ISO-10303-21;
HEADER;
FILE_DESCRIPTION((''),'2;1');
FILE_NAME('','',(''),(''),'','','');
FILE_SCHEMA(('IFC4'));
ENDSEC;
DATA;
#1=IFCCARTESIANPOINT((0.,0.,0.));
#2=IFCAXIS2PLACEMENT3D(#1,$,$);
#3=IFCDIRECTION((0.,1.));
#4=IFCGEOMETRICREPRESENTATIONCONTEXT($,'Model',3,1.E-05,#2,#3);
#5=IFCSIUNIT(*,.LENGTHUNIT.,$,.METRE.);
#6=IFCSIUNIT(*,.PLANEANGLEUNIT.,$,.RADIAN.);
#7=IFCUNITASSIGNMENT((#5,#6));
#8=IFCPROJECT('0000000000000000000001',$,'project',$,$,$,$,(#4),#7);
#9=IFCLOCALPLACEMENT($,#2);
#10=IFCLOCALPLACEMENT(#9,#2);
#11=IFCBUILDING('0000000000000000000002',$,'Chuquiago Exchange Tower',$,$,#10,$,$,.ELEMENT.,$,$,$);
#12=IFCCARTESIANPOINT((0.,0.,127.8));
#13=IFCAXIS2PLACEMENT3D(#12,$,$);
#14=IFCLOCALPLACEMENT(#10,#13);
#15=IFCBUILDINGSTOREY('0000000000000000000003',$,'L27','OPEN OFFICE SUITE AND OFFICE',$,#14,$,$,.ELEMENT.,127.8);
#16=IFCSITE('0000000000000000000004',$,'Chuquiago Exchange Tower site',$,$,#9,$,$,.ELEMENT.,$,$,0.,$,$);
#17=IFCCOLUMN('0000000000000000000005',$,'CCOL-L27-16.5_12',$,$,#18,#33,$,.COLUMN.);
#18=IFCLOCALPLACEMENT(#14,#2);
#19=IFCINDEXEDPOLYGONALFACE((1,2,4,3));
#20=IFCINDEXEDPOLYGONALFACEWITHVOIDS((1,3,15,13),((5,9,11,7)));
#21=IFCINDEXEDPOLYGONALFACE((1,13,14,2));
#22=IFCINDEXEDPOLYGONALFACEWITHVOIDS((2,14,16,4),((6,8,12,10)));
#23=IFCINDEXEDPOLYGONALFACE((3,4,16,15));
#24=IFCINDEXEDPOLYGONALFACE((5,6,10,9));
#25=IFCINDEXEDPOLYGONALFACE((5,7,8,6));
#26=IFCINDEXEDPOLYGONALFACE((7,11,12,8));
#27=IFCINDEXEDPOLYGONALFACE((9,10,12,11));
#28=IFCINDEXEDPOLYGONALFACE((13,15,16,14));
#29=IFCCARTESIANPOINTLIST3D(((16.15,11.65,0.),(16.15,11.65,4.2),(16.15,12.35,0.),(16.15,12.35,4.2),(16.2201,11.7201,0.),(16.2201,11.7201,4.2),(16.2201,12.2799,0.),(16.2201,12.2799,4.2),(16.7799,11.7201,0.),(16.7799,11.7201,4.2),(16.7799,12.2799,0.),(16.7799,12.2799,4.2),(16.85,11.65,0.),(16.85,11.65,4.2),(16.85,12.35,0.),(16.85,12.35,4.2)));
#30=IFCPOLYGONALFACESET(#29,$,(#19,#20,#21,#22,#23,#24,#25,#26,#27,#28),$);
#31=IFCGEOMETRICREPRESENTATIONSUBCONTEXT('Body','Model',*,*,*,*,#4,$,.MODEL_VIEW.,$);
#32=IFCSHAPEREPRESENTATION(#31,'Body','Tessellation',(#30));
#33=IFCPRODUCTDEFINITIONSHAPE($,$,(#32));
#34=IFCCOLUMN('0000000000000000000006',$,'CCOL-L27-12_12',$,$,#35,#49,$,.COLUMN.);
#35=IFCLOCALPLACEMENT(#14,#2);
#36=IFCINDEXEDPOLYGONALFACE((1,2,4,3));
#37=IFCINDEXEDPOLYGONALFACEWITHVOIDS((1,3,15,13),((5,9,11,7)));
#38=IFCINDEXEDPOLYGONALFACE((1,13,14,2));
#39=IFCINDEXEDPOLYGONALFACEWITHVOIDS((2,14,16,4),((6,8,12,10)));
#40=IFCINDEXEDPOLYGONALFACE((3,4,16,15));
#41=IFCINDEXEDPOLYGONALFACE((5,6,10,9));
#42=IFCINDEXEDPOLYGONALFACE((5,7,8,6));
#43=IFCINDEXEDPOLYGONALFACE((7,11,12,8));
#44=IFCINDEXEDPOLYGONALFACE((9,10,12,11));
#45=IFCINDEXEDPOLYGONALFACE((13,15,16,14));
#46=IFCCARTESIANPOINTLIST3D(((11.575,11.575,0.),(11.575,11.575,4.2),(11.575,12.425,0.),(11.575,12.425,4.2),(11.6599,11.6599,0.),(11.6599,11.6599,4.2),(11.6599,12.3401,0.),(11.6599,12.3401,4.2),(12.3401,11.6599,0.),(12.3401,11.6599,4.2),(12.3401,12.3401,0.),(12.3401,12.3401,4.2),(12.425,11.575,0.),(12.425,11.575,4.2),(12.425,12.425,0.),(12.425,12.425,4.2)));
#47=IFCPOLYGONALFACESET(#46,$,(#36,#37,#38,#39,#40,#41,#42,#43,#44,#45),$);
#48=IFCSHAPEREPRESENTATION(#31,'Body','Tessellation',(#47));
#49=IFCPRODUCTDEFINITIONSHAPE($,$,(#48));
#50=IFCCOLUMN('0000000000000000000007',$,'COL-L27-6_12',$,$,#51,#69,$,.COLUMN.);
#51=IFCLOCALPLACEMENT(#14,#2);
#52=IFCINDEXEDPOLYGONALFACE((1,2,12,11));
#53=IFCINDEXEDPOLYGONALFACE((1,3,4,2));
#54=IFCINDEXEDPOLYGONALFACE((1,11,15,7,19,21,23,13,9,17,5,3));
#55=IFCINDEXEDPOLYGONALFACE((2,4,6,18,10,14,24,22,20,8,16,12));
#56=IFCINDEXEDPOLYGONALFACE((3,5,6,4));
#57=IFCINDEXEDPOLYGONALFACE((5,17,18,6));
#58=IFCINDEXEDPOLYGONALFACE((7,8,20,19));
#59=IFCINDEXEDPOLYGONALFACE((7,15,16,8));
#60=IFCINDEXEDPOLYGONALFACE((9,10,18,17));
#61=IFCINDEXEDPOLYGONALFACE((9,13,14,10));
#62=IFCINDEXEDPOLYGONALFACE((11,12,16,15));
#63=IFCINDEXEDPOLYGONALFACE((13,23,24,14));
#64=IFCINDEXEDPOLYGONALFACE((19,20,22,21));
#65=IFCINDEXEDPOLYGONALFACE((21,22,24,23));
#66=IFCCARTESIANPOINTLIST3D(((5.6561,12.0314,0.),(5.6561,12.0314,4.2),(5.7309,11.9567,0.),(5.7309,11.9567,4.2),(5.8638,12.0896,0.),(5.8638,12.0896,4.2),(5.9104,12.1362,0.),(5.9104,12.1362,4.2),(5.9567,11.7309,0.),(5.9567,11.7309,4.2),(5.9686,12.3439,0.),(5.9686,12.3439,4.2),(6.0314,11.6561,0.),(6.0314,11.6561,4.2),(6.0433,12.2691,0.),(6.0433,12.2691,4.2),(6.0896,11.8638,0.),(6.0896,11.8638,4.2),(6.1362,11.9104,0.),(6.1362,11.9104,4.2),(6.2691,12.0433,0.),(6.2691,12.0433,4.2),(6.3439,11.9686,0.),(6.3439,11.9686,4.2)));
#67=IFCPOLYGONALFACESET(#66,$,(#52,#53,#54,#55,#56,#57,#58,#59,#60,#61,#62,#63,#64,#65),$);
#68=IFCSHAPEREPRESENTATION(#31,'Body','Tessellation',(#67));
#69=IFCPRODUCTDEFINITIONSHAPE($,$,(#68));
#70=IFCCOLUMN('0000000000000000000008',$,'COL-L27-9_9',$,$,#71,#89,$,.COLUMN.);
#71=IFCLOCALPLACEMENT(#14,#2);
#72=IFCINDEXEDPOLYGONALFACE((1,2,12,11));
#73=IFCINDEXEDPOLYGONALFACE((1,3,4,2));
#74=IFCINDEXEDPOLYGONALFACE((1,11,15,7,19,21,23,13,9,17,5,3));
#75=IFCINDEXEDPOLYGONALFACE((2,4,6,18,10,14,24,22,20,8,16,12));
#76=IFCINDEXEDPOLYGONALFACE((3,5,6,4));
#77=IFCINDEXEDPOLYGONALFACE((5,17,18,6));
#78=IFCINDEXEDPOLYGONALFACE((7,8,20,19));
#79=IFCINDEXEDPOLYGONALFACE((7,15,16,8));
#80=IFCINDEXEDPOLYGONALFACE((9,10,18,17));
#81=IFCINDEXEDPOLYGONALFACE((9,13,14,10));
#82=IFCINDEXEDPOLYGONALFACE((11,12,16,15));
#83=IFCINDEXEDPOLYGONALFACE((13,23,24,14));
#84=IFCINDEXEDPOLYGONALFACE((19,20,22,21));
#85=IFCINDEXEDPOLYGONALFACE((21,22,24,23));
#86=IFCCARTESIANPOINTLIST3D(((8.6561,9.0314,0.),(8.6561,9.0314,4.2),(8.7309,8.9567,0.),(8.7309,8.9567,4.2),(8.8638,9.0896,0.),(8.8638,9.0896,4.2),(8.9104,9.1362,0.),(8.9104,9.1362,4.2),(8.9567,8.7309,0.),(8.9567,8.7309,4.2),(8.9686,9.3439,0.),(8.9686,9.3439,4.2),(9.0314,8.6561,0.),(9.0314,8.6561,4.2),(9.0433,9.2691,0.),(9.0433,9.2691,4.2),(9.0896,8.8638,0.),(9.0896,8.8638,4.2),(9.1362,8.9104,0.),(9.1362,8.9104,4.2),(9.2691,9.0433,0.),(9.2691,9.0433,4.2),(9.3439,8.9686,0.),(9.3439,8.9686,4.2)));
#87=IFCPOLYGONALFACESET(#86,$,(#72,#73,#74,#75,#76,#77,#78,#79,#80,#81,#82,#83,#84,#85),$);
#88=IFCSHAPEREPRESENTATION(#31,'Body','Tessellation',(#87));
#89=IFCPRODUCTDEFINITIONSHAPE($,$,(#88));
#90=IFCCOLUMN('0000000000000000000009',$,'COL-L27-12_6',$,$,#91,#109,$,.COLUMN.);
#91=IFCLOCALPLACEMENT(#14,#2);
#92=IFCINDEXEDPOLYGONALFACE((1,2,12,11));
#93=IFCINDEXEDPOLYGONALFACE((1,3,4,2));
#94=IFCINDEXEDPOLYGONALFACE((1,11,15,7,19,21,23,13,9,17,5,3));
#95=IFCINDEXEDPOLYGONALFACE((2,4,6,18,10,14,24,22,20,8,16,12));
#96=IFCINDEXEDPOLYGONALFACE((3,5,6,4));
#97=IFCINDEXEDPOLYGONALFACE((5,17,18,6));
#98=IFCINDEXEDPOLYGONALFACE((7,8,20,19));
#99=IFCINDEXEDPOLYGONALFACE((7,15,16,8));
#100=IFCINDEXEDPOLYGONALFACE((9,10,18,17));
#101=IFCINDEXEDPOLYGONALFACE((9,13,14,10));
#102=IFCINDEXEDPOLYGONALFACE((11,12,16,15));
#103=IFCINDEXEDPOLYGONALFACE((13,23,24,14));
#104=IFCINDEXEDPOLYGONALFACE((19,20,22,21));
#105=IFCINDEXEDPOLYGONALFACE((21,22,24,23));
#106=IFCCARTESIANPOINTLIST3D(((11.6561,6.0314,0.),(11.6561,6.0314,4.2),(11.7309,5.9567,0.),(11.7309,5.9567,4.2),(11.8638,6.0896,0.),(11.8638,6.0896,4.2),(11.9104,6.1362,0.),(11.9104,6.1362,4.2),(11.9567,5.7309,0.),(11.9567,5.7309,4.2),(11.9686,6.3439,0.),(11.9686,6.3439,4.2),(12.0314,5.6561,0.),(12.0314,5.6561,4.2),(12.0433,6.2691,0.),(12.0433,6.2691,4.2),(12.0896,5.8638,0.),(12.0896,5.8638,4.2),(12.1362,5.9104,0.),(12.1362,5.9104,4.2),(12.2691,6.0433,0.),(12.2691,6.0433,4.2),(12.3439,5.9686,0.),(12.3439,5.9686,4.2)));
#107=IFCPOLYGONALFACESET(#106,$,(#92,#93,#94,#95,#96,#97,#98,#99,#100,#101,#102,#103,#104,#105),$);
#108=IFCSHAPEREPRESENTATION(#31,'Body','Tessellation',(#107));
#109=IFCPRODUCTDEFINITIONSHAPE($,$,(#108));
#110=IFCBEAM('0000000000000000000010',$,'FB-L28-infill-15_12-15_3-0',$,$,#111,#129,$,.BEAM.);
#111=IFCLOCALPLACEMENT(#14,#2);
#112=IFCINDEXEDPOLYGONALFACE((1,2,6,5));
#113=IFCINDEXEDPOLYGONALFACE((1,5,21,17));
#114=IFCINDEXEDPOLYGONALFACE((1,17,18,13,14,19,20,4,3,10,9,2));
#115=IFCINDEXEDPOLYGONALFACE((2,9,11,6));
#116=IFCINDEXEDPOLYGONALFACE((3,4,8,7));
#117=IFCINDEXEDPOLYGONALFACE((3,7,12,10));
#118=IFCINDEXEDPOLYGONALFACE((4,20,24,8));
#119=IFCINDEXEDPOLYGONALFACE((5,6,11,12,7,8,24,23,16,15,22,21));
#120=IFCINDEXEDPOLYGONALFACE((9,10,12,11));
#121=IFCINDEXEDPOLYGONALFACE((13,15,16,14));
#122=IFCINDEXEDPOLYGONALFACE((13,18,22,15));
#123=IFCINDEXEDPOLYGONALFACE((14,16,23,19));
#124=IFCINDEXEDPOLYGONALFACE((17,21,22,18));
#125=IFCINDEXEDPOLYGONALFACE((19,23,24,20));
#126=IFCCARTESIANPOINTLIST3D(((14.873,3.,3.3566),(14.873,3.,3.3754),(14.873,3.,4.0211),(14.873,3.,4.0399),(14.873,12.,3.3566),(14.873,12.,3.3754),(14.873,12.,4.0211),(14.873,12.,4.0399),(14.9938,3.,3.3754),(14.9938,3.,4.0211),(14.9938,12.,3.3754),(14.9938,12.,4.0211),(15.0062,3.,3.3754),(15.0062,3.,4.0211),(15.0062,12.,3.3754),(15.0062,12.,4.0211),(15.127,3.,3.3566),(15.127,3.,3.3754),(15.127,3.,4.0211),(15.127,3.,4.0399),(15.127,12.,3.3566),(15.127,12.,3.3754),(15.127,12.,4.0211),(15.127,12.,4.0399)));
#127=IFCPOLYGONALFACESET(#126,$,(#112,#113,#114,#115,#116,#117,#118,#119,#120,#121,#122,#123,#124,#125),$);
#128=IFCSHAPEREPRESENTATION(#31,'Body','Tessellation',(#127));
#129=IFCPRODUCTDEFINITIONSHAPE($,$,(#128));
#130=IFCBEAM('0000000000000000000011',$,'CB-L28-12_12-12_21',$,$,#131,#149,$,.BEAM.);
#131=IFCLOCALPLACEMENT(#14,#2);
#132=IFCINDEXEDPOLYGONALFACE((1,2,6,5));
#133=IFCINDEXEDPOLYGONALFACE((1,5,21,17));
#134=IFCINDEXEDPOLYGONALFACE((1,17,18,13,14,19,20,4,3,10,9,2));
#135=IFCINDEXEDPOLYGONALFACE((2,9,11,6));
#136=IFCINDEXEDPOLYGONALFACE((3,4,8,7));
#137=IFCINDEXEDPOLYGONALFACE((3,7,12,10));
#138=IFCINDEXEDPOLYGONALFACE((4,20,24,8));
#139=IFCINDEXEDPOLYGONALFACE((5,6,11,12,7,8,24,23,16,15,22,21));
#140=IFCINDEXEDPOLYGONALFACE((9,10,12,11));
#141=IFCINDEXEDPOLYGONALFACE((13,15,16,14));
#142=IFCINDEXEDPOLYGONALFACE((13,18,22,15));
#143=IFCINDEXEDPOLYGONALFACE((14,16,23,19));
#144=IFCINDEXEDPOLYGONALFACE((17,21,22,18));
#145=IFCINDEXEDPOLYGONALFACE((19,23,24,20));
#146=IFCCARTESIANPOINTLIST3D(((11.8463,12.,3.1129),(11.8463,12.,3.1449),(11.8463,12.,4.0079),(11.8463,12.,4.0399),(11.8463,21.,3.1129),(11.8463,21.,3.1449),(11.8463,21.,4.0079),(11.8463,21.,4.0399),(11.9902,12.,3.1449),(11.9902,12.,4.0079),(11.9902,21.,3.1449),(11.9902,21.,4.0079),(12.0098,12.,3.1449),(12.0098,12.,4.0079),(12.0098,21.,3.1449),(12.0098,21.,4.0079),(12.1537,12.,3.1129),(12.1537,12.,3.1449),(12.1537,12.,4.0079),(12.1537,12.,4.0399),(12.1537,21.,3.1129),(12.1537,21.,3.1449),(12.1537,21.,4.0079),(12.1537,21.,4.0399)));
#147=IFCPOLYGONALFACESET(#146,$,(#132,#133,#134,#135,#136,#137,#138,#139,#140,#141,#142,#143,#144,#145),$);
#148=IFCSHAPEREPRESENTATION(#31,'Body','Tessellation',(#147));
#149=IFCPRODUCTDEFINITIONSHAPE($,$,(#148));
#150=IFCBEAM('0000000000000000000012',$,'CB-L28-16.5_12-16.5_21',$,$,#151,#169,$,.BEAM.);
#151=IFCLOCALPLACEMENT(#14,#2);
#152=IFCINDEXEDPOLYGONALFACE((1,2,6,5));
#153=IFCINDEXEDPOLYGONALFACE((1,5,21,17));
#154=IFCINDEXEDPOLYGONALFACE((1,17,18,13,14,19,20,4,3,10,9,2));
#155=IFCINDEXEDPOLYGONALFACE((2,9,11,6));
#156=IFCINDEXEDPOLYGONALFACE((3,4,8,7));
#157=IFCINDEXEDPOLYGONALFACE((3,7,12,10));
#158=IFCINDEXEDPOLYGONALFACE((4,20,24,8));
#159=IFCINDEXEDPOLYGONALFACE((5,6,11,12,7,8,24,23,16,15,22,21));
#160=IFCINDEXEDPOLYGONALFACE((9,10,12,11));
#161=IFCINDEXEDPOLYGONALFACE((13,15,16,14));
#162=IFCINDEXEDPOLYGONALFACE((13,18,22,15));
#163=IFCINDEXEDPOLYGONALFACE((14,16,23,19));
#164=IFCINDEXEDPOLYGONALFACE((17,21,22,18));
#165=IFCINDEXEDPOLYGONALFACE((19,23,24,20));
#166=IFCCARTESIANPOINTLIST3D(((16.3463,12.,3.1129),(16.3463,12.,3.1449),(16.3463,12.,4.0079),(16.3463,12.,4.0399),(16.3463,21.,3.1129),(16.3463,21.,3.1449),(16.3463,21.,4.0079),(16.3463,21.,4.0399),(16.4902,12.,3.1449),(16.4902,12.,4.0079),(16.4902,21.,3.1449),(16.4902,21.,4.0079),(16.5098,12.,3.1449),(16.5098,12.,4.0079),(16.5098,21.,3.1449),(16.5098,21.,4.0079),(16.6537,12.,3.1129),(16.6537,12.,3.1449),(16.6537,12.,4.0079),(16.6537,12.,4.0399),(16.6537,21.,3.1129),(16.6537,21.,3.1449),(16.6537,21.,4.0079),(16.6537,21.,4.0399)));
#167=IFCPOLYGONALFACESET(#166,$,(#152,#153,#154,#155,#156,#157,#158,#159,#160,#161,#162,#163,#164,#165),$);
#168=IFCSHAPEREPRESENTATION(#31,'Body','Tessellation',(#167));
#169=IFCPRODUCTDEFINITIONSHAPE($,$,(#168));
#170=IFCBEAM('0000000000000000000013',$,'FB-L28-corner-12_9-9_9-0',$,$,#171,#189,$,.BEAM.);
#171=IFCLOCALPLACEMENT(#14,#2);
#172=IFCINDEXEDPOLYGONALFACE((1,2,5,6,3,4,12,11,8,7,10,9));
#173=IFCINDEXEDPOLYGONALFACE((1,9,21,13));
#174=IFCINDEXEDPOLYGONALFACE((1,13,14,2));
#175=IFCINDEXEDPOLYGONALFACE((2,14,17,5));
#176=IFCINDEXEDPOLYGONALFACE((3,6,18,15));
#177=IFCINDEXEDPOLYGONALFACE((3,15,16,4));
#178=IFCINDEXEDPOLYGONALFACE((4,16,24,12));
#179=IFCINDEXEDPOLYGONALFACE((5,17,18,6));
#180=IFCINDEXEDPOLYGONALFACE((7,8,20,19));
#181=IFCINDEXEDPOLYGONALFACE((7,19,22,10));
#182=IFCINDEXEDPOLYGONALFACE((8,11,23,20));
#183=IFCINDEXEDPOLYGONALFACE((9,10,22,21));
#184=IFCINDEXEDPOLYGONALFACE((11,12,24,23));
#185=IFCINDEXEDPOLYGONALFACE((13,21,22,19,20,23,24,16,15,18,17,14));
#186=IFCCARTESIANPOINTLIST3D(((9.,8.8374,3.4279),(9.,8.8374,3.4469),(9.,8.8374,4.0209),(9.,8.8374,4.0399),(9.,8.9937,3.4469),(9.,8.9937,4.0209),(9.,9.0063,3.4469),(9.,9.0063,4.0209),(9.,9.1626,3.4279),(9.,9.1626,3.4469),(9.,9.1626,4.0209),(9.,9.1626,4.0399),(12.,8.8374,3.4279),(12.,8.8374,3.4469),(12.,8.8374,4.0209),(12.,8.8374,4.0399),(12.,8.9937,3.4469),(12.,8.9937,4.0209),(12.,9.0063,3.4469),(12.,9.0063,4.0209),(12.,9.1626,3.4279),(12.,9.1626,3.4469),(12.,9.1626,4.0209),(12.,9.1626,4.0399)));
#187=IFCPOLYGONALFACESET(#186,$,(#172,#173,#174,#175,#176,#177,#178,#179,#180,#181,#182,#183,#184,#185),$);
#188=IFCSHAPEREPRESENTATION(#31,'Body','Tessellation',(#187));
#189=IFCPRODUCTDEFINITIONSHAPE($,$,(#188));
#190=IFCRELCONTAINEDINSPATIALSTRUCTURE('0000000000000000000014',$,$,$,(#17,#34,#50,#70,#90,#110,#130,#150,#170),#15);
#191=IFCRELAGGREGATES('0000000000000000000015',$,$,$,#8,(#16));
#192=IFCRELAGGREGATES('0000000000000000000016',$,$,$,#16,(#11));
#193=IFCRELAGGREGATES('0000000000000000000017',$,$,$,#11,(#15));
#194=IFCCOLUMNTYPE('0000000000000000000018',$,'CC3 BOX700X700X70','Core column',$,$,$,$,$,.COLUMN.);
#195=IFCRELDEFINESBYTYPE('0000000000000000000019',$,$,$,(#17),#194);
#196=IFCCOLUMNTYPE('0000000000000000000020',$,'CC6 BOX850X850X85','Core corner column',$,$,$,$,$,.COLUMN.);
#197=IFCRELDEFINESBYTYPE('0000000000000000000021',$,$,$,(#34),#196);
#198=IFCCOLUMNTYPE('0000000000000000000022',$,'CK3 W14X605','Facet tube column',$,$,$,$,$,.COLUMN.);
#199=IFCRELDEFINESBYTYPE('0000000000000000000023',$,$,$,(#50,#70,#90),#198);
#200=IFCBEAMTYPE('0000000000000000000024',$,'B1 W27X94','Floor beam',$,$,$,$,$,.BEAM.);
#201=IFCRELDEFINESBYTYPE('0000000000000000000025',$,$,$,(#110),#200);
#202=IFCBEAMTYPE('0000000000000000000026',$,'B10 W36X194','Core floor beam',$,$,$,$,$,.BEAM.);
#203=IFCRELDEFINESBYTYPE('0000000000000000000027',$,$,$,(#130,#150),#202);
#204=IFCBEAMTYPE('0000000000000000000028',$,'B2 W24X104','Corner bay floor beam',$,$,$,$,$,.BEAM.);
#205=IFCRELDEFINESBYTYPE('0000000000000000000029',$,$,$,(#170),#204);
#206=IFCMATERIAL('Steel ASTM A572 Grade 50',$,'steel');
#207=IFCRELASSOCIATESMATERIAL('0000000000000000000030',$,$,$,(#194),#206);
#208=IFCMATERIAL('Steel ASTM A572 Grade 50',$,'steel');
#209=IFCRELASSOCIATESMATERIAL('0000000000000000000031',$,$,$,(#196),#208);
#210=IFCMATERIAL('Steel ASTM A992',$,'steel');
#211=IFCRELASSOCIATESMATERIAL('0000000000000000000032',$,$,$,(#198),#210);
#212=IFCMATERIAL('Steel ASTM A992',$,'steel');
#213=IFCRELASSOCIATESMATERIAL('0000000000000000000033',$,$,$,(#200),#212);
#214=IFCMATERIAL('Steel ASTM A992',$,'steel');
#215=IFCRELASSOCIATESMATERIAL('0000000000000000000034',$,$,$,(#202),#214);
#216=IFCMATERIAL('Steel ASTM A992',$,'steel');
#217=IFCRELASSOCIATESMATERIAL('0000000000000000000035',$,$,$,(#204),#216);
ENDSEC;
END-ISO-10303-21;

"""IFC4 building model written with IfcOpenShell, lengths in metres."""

from ifc_helpers import new_model, si_unit, direction, frame, origin, origin_2d, place, context, subcontext, project, spatial, hollow_rectangle, i_section, extrude, material, material_profile, profile_set, type_object, element, save


model = new_model("IFC4")

# Units and contexts
model_context = context("Model", 3, precision=1e-05, world=origin(), true_north=direction((0.0, 1.0)))
body_context = subcontext(model_context, "Body", "Model", "MODEL_VIEW")
ifc_project = project(units=[si_unit("LENGTHUNIT", "METRE"), si_unit("PLANEANGLEUNIT", "RADIAN")], contexts=[model_context])

# Site, building, storey
site_placement = place(None, origin())
site = spatial("IfcSite", under=ifc_project, at=site_placement, Name="Chuquiago Exchange Tower site", CompositionType="ELEMENT", RefElevation=0.0)
building_placement = place(site_placement, origin())
building = spatial("IfcBuilding", under=site, at=building_placement, Name="Chuquiago Exchange Tower", CompositionType="ELEMENT")
storey_placement = place(building_placement, frame((0.0, 0.0, 127.8)))
storey = spatial("IfcBuildingStorey", under=building, at=storey_placement, Name="L27", Description="OPEN OFFICE SUITE AND OFFICE", CompositionType="ELEMENT", Elevation=127.8)

# Columns
ifc_material_1 = material(Name="Steel ASTM A572 Grade 50", Category="steel")
ifc_material_profile_1 = material_profile(ifc_material_1, hollow_rectangle(XDim=0.7, YDim=0.7, WallThickness=0.0701, at=origin_2d()), Name="BOX700X700X70")
ifc_profile_set_1 = profile_set([ifc_material_profile_1], Name="Steel ASTM A572 Grade 50")
column_type_1 = type_object("IfcColumnType", Name="CC3 BOX700X700X70", Description="Core column", PredefinedType="COLUMN", material=ifc_profile_set_1)
column_1_placement = place(storey_placement, frame((16.5, 12.0, 0.0), z_axis=(0.0, 0.0, 1.0), x_axis=(1.0, 0.0, 0.0)))
element("IfcColumn", 1, at=column_1_placement, inside=storey, type_object=column_type_1, Name="CCOL-L27-16.5_12", PredefinedType="COLUMN", context=body_context, shape_type="SweptSolid", body=[
    extrude(hollow_rectangle(XDim=0.7, YDim=0.7, WallThickness=0.0701, at=origin_2d()), origin(), (0.0, 0.0, 1.0), 4.2),
])
ifc_material_2 = material(Name="Steel ASTM A572 Grade 50", Category="steel")
ifc_material_profile_2 = material_profile(ifc_material_2, hollow_rectangle(XDim=0.8501, YDim=0.8501, WallThickness=0.085, at=origin_2d()), Name="BOX850X850X85")
ifc_profile_set_2 = profile_set([ifc_material_profile_2], Name="Steel ASTM A572 Grade 50")
column_type_2 = type_object("IfcColumnType", Name="CC6 BOX850X850X85", Description="Core corner column", PredefinedType="COLUMN", material=ifc_profile_set_2)
column_2_placement = place(storey_placement, frame((12.0, 12.0, 0.0), z_axis=(0.0, 0.0, 1.0), x_axis=(1.0, 0.0, 0.0)))
element("IfcColumn", 2, at=column_2_placement, inside=storey, type_object=column_type_2, Name="CCOL-L27-12_12", PredefinedType="COLUMN", context=body_context, shape_type="SweptSolid", body=[
    extrude(hollow_rectangle(XDim=0.8501, YDim=0.8501, WallThickness=0.085, at=origin_2d()), origin(), (0.0, 0.0, 1.0), 4.2),
])
ifc_material_3 = material(Name="Steel ASTM A992", Category="steel")
ifc_material_profile_3 = material_profile(ifc_material_3, i_section(OverallWidth=0.4419, OverallDepth=0.5308, WebThickness=0.0659, FlangeThickness=0.1057, at=origin_2d()), Name="W14X605")
ifc_profile_set_3 = profile_set([ifc_material_profile_3], Name="Steel ASTM A992")
column_type_3 = type_object("IfcColumnType", Name="CK3 W14X605", Description="Facet tube column", PredefinedType="COLUMN", material=ifc_profile_set_3)
for number, where, z_axis, x_axis, name in (
    (3, (6.0, 12.0, 0.0), (0.0, 0.0, 1.0), (-0.707107, -0.707107, 0.0), "COL-L27-6_12"),
    (4, (9.0, 9.0, 0.0), (0.0, 0.0, 1.0), (-0.707107, -0.707107, 0.0), "COL-L27-9_9"),
    (5, (12.0, 6.0, 0.0), (0.0, 0.0, 1.0), (-0.707107, -0.707107, 0.0), "COL-L27-12_6"),
):
    element("IfcColumn", number, at=place(storey_placement, frame(where, z_axis=z_axis, x_axis=x_axis)), inside=storey, type_object=column_type_3, Name=name, PredefinedType="COLUMN", context=body_context, shape_type="SweptSolid", body=[
        extrude(i_section(OverallWidth=0.4419, OverallDepth=0.5308, WebThickness=0.0659, FlangeThickness=0.1057, at=origin_2d()), origin(), (0.0, 0.0, 1.0), 4.2),
    ])

# Beams
ifc_material_4 = material(Name="Steel ASTM A992", Category="steel")
ifc_material_profile_4 = material_profile(ifc_material_4, i_section(OverallWidth=0.2539, OverallDepth=0.6833, WebThickness=0.0125, FlangeThickness=0.0188, at=origin_2d()), Name="W27X94")
ifc_profile_set_4 = profile_set([ifc_material_profile_4], Name="Steel ASTM A992")
beam_type_1 = type_object("IfcBeamType", Name="B1 W27X94", Description="Floor beam", PredefinedType="BEAM", material=ifc_profile_set_4)
beam_1_placement = place(storey_placement, frame((15.0, 12.0, 3.6982), z_axis=(0.0, -1.0, 0.0), x_axis=(1.0, 0.0, 0.0)))
element("IfcBeam", 6, at=beam_1_placement, inside=storey, type_object=beam_type_1, Name="FB-L28-infill-15_12-15_3-0", PredefinedType="BEAM", context=body_context, shape_type="SweptSolid", body=[
    extrude(i_section(OverallWidth=0.2539, OverallDepth=0.6833, WebThickness=0.0125, FlangeThickness=0.0188, at=origin_2d()), origin(), (0.0, 0.0, 1.0), 9.0),
])
ifc_material_5 = material(Name="Steel ASTM A992", Category="steel")
ifc_material_profile_5 = material_profile(ifc_material_5, i_section(OverallWidth=0.3074, OverallDepth=0.927, WebThickness=0.0195, FlangeThickness=0.032, at=origin_2d()), Name="W36X194")
ifc_profile_set_5 = profile_set([ifc_material_profile_5], Name="Steel ASTM A992")
beam_type_2 = type_object("IfcBeamType", Name="B10 W36X194", Description="Core floor beam", PredefinedType="BEAM", material=ifc_profile_set_5)
for number, where, z_axis, x_axis, name in (
    (7, (12.0, 12.0, 3.5764), (0.0, 1.0, 0.0), (-1.0, 0.0, 0.0), "CB-L28-12_12-12_21"),
    (8, (16.5, 12.0, 3.5764), (0.0, 1.0, 0.0), (-1.0, 0.0, 0.0), "CB-L28-16.5_12-16.5_21"),
):
    element("IfcBeam", number, at=place(storey_placement, frame(where, z_axis=z_axis, x_axis=x_axis)), inside=storey, type_object=beam_type_2, Name=name, PredefinedType="BEAM", context=body_context, shape_type="SweptSolid", body=[
        extrude(i_section(OverallWidth=0.3074, OverallDepth=0.927, WebThickness=0.0195, FlangeThickness=0.032, at=origin_2d()), origin(), (0.0, 0.0, 1.0), 9.0),
    ])
ifc_material_6 = material(Name="Steel ASTM A992", Category="steel")
ifc_material_profile_6 = material_profile(ifc_material_6, i_section(OverallWidth=0.3252, OverallDepth=0.6121, WebThickness=0.0127, FlangeThickness=0.019, at=origin_2d()), Name="W24X104")
ifc_profile_set_6 = profile_set([ifc_material_profile_6], Name="Steel ASTM A992")
beam_type_3 = type_object("IfcBeamType", Name="B2 W24X104", Description="Corner bay floor beam", PredefinedType="BEAM", material=ifc_profile_set_6)
beam_2_placement = place(storey_placement, frame((12.0, 9.0, 3.7339), z_axis=(-1.0, 0.0, 0.0), x_axis=(0.0, -1.0, 0.0)))
element("IfcBeam", 9, at=beam_2_placement, inside=storey, type_object=beam_type_3, Name="FB-L28-corner-12_9-9_9-0", PredefinedType="BEAM", context=body_context, shape_type="SweptSolid", body=[
    extrude(i_section(OverallWidth=0.3252, OverallDepth=0.6121, WebThickness=0.0127, FlangeThickness=0.019, at=origin_2d()), origin(), (0.0, 0.0, 1.0), 3.0),
])

save(model, "model.ifc")
